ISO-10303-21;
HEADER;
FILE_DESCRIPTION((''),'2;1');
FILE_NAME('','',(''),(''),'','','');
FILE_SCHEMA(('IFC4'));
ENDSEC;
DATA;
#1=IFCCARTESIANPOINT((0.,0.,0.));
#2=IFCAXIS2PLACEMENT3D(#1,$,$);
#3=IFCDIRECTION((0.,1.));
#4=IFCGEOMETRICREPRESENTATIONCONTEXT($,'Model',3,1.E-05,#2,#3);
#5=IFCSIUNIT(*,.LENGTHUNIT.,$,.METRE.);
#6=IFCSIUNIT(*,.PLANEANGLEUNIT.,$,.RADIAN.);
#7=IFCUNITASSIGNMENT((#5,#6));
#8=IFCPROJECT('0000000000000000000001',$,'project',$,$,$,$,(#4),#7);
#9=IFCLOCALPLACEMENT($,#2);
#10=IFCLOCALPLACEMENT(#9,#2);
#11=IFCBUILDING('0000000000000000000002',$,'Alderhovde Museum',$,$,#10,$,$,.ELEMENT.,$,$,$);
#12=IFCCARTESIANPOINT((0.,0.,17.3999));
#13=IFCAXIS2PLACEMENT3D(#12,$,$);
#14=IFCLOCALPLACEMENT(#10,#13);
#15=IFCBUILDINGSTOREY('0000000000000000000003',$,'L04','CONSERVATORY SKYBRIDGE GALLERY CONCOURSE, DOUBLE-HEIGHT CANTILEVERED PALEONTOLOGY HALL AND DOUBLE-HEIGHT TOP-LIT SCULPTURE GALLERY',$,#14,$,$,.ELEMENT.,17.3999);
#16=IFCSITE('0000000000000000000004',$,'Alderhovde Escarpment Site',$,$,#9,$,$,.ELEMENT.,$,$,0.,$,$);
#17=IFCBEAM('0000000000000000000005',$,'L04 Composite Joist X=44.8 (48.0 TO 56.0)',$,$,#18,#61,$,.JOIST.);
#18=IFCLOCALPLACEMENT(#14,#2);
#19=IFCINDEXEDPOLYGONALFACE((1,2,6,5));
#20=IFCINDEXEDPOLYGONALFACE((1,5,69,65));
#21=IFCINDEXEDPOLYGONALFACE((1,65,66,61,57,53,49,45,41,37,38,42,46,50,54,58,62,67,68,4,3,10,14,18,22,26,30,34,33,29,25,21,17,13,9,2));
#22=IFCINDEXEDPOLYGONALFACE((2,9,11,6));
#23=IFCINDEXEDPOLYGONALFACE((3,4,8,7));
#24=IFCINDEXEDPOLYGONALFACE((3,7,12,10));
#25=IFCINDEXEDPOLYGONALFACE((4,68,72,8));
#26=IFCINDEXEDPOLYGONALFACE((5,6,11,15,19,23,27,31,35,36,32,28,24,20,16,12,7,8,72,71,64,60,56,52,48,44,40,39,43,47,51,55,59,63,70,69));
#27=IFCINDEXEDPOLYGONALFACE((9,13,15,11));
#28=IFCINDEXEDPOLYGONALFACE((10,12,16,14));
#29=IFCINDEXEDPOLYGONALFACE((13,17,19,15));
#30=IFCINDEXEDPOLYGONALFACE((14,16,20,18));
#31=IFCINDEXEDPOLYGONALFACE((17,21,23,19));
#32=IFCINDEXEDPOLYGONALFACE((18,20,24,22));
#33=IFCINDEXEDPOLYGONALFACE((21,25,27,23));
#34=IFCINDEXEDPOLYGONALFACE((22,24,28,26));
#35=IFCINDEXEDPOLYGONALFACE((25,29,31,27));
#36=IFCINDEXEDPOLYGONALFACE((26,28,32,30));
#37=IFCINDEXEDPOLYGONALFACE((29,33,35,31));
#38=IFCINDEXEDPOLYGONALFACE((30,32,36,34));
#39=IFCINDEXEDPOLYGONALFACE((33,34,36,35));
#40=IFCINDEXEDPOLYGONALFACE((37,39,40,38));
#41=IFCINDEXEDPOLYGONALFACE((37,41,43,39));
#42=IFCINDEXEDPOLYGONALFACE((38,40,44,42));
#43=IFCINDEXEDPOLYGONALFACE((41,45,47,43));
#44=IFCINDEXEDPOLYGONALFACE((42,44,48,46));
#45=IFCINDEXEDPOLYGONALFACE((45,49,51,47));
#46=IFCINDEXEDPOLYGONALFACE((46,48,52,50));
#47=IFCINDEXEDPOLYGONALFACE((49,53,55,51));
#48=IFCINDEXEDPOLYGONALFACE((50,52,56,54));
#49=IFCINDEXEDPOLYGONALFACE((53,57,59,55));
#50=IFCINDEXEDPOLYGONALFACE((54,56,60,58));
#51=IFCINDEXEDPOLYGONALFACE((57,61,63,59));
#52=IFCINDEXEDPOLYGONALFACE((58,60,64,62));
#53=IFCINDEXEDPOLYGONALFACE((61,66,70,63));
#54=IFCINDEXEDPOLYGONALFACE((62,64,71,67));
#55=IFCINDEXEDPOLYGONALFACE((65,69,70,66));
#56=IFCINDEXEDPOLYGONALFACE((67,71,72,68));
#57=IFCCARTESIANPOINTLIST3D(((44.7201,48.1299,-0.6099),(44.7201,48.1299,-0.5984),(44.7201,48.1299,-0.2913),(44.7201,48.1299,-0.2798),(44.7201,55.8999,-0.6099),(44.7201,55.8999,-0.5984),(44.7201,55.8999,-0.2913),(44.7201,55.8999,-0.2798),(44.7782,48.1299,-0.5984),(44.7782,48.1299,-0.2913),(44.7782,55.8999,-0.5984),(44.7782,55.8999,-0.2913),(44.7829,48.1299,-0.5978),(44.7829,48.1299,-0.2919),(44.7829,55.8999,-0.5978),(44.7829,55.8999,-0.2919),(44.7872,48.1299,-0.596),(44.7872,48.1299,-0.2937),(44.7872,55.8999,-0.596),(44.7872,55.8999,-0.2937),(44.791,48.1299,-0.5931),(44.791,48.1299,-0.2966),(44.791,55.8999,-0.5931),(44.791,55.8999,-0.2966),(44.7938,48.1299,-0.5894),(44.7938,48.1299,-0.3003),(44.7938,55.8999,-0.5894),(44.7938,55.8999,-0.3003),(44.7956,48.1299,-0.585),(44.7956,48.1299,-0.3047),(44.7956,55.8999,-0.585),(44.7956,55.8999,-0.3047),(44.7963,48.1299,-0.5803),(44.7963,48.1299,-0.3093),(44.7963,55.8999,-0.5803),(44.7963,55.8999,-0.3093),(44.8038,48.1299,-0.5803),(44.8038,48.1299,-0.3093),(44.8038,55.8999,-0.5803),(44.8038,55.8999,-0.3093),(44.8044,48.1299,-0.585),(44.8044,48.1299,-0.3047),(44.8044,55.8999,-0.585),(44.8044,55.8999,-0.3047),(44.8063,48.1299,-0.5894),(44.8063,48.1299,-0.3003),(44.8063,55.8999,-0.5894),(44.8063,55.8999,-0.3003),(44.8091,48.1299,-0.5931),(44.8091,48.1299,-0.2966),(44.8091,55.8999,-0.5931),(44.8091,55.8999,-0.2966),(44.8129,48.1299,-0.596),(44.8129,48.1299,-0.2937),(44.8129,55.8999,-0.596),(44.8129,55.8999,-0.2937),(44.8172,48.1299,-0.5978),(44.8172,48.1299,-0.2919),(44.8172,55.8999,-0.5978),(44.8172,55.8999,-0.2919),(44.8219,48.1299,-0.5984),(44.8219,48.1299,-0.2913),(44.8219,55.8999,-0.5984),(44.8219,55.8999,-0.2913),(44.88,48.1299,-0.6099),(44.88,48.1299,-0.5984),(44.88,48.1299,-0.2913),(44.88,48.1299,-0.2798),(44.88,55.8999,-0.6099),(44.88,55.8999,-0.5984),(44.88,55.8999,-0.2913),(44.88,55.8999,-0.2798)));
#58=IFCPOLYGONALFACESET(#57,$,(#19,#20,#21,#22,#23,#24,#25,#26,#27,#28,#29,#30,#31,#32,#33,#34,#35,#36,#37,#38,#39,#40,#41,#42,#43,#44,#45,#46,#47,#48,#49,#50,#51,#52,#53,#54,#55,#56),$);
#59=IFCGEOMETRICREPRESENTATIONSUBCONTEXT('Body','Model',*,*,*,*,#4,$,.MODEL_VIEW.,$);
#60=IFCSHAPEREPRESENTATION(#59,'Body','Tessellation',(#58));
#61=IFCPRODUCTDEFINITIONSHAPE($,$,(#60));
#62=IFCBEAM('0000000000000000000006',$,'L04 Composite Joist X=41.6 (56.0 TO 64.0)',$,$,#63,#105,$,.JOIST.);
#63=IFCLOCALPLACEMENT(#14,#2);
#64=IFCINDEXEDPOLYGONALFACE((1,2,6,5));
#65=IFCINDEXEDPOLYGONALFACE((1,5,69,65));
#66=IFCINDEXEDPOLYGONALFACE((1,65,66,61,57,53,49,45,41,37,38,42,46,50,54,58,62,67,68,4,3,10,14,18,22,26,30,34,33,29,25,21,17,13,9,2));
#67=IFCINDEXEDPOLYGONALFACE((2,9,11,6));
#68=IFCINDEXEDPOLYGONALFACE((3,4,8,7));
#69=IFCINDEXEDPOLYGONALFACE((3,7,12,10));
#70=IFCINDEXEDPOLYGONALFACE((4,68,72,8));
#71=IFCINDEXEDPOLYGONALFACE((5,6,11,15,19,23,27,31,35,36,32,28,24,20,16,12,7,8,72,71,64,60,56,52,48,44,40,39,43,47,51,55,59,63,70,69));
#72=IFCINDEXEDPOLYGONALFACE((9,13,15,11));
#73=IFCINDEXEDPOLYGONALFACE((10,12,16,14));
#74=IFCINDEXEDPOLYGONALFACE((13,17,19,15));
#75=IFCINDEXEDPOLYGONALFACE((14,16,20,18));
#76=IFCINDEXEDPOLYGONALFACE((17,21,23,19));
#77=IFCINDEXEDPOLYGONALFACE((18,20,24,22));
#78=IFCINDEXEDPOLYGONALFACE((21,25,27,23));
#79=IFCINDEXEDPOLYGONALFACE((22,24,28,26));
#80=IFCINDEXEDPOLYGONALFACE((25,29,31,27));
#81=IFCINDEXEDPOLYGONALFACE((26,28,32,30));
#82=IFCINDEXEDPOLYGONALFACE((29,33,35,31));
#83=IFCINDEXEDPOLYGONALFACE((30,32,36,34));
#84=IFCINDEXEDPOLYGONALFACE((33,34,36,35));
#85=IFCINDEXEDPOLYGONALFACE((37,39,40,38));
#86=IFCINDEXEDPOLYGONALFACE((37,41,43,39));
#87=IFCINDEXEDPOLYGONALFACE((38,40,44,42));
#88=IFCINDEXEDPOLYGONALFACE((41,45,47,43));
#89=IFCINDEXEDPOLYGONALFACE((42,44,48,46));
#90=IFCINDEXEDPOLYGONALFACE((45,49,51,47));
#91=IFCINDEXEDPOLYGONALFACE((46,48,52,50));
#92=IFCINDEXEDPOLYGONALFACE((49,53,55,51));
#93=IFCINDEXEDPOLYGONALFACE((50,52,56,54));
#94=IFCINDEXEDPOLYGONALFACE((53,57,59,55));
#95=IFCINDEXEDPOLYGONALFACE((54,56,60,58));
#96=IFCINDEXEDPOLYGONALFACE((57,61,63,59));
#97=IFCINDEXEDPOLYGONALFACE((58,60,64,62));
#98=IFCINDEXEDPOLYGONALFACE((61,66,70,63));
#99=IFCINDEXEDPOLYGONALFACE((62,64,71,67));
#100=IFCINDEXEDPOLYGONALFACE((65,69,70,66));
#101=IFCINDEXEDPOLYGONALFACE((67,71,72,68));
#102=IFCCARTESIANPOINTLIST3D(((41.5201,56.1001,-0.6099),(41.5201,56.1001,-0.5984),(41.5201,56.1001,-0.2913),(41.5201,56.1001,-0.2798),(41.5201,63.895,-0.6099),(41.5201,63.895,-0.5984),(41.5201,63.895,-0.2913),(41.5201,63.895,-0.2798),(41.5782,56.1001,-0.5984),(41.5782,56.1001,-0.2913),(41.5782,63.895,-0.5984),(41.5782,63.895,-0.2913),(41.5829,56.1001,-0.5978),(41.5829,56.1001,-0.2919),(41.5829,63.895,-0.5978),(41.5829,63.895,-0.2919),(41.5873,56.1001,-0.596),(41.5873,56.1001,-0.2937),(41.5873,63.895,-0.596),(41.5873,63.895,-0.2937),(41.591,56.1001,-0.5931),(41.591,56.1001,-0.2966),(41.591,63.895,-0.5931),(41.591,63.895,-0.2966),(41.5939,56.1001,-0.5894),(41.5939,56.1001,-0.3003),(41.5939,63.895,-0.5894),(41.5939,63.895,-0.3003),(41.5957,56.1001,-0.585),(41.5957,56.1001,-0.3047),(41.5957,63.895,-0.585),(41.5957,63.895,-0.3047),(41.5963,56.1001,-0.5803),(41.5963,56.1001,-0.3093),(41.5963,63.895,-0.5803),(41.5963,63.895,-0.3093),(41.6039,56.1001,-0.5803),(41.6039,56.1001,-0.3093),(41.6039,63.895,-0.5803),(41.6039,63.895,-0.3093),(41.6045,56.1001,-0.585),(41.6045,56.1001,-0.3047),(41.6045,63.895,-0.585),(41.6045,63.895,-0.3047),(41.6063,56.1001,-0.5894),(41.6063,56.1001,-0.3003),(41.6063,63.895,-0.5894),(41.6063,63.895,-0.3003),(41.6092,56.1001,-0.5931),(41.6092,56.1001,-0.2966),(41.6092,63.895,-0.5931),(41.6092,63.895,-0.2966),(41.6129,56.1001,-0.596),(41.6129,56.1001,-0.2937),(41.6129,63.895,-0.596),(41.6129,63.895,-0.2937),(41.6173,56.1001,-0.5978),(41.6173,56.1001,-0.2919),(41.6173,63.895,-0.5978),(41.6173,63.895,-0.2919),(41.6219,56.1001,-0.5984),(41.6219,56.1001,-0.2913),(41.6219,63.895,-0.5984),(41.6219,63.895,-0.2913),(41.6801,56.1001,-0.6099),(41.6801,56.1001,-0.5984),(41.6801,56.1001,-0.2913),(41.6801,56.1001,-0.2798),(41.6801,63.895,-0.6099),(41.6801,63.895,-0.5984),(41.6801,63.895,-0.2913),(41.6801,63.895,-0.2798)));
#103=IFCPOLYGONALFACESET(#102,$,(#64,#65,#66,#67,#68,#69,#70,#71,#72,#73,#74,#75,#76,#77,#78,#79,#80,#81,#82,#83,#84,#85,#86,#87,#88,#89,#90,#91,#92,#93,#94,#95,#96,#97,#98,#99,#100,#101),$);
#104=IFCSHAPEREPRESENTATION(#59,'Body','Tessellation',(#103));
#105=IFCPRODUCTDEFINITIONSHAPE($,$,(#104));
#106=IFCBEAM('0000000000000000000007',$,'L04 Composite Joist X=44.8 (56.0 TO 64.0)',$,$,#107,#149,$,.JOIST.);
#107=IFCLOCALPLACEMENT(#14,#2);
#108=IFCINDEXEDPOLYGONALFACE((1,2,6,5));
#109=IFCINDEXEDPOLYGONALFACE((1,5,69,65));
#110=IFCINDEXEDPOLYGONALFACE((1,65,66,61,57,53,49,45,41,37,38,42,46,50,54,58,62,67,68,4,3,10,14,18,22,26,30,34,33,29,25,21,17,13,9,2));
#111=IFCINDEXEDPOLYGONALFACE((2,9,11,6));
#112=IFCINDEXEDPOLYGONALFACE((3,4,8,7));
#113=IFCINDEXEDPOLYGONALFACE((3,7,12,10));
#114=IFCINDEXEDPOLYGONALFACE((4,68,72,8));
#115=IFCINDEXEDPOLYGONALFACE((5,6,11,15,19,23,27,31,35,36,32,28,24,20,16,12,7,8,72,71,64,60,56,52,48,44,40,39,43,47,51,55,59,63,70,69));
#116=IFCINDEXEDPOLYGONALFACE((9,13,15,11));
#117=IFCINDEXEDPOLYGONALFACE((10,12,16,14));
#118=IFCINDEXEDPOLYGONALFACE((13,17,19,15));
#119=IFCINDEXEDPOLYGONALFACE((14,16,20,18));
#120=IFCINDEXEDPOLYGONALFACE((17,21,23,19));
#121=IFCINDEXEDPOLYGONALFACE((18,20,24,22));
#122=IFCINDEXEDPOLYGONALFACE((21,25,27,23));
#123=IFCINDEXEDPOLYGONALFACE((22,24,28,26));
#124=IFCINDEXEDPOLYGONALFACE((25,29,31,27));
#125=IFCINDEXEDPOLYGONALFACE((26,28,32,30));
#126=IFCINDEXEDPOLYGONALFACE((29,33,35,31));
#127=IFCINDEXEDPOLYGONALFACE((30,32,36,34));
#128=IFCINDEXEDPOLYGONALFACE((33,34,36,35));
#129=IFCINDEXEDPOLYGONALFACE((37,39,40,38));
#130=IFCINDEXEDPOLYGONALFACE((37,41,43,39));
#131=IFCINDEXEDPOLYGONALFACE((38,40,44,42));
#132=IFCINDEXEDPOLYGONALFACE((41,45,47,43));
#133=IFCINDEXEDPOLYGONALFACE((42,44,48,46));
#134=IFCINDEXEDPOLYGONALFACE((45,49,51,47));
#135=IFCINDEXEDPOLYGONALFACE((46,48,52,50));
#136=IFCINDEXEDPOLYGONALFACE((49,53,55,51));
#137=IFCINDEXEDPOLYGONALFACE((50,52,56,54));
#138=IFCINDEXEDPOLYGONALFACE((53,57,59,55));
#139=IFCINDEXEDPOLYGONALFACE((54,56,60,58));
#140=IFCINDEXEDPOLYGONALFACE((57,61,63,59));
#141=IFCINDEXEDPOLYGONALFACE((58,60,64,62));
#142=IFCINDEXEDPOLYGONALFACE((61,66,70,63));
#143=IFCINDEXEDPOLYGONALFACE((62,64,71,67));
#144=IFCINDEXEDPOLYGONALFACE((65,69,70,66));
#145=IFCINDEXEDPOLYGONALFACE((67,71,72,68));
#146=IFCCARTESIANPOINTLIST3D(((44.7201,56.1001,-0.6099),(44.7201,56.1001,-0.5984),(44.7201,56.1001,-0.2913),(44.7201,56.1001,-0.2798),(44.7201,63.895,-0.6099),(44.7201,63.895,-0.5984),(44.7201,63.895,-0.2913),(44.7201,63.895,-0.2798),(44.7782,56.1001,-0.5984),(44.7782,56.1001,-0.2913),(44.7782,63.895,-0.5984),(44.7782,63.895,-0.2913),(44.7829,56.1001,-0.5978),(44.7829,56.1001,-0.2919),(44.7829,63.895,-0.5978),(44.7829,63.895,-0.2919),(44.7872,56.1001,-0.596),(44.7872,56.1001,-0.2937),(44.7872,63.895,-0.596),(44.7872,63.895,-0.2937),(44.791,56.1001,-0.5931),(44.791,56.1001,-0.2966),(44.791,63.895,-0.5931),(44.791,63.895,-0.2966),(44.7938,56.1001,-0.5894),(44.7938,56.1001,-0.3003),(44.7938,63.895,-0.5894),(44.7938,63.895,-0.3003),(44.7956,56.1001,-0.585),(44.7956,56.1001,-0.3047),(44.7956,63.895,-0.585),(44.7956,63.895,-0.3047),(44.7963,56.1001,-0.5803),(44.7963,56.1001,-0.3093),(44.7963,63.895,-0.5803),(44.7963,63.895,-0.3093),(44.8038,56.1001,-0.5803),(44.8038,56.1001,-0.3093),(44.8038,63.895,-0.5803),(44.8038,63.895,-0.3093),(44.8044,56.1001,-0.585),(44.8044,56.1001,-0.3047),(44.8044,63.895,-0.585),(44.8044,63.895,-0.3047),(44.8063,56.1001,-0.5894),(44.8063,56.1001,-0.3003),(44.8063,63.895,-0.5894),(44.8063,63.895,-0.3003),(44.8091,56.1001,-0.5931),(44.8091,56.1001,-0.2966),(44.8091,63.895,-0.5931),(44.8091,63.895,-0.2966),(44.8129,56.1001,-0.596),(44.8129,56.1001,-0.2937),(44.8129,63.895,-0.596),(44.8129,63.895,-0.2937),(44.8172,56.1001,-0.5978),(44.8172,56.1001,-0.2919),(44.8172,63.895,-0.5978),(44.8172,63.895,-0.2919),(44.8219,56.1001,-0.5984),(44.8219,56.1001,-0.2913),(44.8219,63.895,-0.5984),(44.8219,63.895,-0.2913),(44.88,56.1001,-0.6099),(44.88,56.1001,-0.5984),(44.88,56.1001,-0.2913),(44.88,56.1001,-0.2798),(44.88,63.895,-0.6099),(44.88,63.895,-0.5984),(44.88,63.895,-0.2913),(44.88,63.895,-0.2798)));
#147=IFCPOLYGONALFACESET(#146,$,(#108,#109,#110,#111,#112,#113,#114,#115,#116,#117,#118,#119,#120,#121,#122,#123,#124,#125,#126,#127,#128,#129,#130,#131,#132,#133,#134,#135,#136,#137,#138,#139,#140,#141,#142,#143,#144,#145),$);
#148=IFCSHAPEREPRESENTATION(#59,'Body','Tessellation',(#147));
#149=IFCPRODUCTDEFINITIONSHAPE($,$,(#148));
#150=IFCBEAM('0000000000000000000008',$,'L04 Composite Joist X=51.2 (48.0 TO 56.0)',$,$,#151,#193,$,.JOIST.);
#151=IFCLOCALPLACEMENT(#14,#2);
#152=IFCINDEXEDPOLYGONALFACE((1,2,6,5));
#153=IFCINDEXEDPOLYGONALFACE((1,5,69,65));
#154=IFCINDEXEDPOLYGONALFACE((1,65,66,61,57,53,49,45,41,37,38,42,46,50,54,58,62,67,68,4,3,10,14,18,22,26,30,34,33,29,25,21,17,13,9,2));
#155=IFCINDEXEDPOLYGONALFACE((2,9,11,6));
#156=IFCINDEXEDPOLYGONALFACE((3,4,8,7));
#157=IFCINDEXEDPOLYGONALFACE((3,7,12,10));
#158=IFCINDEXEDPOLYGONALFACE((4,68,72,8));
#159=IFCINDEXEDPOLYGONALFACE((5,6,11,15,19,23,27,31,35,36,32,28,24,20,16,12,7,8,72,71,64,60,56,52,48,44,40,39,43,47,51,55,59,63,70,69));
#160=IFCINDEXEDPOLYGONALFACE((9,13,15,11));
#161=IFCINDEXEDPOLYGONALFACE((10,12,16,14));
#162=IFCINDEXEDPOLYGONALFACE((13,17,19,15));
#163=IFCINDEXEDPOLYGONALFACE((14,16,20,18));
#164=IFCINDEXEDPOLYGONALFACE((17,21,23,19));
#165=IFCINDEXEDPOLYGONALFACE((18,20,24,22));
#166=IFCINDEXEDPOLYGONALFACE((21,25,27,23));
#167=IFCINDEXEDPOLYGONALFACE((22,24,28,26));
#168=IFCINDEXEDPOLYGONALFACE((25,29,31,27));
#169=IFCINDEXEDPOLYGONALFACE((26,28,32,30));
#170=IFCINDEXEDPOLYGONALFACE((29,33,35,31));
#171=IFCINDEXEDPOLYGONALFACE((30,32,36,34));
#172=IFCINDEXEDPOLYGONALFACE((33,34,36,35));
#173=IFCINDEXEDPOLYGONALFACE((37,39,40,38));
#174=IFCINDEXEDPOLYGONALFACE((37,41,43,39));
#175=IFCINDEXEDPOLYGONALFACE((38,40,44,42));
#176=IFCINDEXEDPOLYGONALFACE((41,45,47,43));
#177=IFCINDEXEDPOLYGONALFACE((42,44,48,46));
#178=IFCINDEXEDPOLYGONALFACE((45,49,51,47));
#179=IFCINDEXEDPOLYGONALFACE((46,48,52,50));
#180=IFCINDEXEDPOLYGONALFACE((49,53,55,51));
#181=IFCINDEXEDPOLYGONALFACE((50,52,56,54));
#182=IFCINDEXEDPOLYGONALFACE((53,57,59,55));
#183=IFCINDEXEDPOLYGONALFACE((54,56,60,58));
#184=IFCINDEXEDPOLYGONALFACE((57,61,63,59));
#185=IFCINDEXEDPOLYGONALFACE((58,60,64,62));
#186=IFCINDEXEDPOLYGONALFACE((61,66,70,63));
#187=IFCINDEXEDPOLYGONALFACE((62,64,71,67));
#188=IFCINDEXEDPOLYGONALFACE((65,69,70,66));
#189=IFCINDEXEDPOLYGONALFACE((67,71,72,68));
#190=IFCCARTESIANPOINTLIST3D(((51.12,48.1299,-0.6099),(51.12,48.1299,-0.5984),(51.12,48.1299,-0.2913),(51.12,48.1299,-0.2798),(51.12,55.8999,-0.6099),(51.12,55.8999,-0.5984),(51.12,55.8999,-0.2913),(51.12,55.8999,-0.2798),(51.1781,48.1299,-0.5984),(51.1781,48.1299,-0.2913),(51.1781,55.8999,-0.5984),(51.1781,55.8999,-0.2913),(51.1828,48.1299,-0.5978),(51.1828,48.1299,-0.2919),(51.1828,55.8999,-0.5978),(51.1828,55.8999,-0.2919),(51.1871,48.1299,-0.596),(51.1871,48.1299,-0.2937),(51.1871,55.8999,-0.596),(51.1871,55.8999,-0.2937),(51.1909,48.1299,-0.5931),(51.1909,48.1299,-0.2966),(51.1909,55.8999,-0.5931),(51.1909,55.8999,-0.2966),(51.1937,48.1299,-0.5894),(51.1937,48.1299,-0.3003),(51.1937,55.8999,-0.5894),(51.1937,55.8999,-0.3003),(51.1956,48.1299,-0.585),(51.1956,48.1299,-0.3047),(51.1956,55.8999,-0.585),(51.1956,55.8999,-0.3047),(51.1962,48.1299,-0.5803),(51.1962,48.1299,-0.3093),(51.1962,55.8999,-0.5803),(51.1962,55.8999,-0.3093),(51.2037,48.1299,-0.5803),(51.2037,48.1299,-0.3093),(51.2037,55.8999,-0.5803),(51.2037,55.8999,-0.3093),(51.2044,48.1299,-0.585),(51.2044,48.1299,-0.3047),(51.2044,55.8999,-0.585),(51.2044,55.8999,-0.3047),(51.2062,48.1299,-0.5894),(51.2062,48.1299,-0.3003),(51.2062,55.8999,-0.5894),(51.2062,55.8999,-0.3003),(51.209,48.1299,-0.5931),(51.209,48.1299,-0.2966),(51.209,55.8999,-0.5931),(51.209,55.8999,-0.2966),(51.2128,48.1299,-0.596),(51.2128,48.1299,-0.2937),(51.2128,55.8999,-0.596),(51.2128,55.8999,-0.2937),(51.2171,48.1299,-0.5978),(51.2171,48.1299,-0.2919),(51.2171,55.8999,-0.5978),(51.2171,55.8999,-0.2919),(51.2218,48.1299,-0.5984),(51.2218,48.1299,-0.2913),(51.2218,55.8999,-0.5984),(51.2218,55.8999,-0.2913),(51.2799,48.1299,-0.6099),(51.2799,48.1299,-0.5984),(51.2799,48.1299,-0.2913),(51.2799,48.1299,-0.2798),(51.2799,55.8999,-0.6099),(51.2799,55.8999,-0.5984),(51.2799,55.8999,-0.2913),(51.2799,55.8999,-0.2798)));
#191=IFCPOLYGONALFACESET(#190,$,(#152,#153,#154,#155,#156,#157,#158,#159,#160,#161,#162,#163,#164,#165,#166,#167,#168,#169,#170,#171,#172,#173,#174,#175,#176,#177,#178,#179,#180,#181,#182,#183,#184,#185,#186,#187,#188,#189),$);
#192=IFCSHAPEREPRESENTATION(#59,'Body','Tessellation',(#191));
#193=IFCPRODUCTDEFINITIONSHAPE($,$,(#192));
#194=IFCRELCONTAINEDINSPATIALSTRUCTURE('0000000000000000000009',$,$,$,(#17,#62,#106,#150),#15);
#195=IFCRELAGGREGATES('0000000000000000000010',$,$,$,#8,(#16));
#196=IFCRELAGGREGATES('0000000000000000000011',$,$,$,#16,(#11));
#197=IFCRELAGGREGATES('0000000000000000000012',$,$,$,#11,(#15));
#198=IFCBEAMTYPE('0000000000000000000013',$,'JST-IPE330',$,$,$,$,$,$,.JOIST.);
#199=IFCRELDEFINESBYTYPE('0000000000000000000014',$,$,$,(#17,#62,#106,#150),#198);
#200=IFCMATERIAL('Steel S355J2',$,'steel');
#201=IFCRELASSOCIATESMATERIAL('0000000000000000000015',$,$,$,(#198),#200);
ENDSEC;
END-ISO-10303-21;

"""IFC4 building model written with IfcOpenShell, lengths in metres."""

from ifc_helpers import new_model, si_unit, direction, frame, origin, origin_2d, place, context, subcontext, project, spatial, i_section, extrude, material, material_profile, profile_set, type_object, element, save


model = new_model("IFC4")

# Units and contexts
model_context = context("Model", 3, precision=1e-05, world=origin(), true_north=direction((0.0, 1.0)))
body_context = subcontext(model_context, "Body", "Model", "MODEL_VIEW")
ifc_project = project(units=[si_unit("LENGTHUNIT", "METRE"), si_unit("PLANEANGLEUNIT", "RADIAN")], contexts=[model_context])

# Site, building, storey
site_placement = place(None, origin())
site = spatial("IfcSite", under=ifc_project, at=site_placement, Name="Alderhovde Escarpment Site", CompositionType="ELEMENT", RefElevation=0.0)
building_placement = place(site_placement, origin())
building = spatial("IfcBuilding", under=site, at=building_placement, Name="Alderhovde Museum", CompositionType="ELEMENT")
storey_placement = place(building_placement, frame((0.0, 0.0, 17.3999)))
storey = spatial("IfcBuildingStorey", under=building, at=storey_placement, Name="L04", Description="CONSERVATORY SKYBRIDGE GALLERY CONCOURSE, DOUBLE-HEIGHT CANTILEVERED PALEONTOLOGY HALL AND DOUBLE-HEIGHT TOP-LIT SCULPTURE GALLERY", CompositionType="ELEMENT", Elevation=17.3999)

# Beams
ifc_material_1 = material(Name="Steel S355J2", Category="steel")
ifc_material_profile_1 = material_profile(ifc_material_1, i_section(OverallWidth=0.1599, OverallDepth=0.3301, WebThickness=0.0076, FlangeThickness=0.0115, FilletRadius=0.0181, at=origin_2d()), Name="IPE 330")
ifc_profile_set_1 = profile_set([ifc_material_profile_1], Name="Steel S355J2")
beam_type_1 = type_object("IfcBeamType", Name="JST-IPE330", PredefinedType="JOIST", material=ifc_profile_set_1)
for number, where, z_axis, x_axis, name in (
    (1, (44.8, 48.1299, -0.4448), (0.0, 1.0, 0.0), (-1.0, 0.0, 0.0), "L04 Composite Joist X=44.8 (48.0 TO 56.0)"),
):
    element("IfcBeam", number, at=place(storey_placement, frame(where, z_axis=z_axis, x_axis=x_axis)), inside=storey, type_object=beam_type_1, Name=name, PredefinedType="JOIST", context=body_context, shape_type="SweptSolid", body=[
        extrude(i_section(OverallWidth=0.1599, OverallDepth=0.3301, WebThickness=0.0076, FlangeThickness=0.0115, FilletRadius=0.0181, at=origin_2d()), origin(), (0.0, 0.0, 1.0), 7.77),
    ])
for number, where, z_axis, x_axis, name in (
    (2, (41.6001, 56.1001, -0.4448), (0.0, 1.0, 0.0), (-1.0, 0.0, 0.0), "L04 Composite Joist X=41.6 (56.0 TO 64.0)"),
    (3, (44.8, 56.1001, -0.4448), (0.0, 1.0, 0.0), (-1.0, 0.0, 0.0), "L04 Composite Joist X=44.8 (56.0 TO 64.0)"),
):
    element("IfcBeam", number, at=place(storey_placement, frame(where, z_axis=z_axis, x_axis=x_axis)), inside=storey, type_object=beam_type_1, Name=name, PredefinedType="JOIST", context=body_context, shape_type="SweptSolid", body=[
        extrude(i_section(OverallWidth=0.1599, OverallDepth=0.3301, WebThickness=0.0076, FlangeThickness=0.0115, FilletRadius=0.0181, at=origin_2d()), origin(), (0.0, 0.0, 1.0), 7.7949),
    ])
for number, where, z_axis, x_axis, name in (
    (4, (51.2, 48.1299, -0.4448), (0.0, 1.0, 0.0), (-1.0, 0.0, 0.0), "L04 Composite Joist X=51.2 (48.0 TO 56.0)"),
):
    element("IfcBeam", number, at=place(storey_placement, frame(where, z_axis=z_axis, x_axis=x_axis)), inside=storey, type_object=beam_type_1, Name=name, PredefinedType="JOIST", context=body_context, shape_type="SweptSolid", body=[
        extrude(i_section(OverallWidth=0.1599, OverallDepth=0.3301, WebThickness=0.0076, FlangeThickness=0.0115, FilletRadius=0.0181, at=origin_2d()), origin(), (0.0, 0.0, 1.0), 7.77),
    ])

save(model, "model.ifc")
